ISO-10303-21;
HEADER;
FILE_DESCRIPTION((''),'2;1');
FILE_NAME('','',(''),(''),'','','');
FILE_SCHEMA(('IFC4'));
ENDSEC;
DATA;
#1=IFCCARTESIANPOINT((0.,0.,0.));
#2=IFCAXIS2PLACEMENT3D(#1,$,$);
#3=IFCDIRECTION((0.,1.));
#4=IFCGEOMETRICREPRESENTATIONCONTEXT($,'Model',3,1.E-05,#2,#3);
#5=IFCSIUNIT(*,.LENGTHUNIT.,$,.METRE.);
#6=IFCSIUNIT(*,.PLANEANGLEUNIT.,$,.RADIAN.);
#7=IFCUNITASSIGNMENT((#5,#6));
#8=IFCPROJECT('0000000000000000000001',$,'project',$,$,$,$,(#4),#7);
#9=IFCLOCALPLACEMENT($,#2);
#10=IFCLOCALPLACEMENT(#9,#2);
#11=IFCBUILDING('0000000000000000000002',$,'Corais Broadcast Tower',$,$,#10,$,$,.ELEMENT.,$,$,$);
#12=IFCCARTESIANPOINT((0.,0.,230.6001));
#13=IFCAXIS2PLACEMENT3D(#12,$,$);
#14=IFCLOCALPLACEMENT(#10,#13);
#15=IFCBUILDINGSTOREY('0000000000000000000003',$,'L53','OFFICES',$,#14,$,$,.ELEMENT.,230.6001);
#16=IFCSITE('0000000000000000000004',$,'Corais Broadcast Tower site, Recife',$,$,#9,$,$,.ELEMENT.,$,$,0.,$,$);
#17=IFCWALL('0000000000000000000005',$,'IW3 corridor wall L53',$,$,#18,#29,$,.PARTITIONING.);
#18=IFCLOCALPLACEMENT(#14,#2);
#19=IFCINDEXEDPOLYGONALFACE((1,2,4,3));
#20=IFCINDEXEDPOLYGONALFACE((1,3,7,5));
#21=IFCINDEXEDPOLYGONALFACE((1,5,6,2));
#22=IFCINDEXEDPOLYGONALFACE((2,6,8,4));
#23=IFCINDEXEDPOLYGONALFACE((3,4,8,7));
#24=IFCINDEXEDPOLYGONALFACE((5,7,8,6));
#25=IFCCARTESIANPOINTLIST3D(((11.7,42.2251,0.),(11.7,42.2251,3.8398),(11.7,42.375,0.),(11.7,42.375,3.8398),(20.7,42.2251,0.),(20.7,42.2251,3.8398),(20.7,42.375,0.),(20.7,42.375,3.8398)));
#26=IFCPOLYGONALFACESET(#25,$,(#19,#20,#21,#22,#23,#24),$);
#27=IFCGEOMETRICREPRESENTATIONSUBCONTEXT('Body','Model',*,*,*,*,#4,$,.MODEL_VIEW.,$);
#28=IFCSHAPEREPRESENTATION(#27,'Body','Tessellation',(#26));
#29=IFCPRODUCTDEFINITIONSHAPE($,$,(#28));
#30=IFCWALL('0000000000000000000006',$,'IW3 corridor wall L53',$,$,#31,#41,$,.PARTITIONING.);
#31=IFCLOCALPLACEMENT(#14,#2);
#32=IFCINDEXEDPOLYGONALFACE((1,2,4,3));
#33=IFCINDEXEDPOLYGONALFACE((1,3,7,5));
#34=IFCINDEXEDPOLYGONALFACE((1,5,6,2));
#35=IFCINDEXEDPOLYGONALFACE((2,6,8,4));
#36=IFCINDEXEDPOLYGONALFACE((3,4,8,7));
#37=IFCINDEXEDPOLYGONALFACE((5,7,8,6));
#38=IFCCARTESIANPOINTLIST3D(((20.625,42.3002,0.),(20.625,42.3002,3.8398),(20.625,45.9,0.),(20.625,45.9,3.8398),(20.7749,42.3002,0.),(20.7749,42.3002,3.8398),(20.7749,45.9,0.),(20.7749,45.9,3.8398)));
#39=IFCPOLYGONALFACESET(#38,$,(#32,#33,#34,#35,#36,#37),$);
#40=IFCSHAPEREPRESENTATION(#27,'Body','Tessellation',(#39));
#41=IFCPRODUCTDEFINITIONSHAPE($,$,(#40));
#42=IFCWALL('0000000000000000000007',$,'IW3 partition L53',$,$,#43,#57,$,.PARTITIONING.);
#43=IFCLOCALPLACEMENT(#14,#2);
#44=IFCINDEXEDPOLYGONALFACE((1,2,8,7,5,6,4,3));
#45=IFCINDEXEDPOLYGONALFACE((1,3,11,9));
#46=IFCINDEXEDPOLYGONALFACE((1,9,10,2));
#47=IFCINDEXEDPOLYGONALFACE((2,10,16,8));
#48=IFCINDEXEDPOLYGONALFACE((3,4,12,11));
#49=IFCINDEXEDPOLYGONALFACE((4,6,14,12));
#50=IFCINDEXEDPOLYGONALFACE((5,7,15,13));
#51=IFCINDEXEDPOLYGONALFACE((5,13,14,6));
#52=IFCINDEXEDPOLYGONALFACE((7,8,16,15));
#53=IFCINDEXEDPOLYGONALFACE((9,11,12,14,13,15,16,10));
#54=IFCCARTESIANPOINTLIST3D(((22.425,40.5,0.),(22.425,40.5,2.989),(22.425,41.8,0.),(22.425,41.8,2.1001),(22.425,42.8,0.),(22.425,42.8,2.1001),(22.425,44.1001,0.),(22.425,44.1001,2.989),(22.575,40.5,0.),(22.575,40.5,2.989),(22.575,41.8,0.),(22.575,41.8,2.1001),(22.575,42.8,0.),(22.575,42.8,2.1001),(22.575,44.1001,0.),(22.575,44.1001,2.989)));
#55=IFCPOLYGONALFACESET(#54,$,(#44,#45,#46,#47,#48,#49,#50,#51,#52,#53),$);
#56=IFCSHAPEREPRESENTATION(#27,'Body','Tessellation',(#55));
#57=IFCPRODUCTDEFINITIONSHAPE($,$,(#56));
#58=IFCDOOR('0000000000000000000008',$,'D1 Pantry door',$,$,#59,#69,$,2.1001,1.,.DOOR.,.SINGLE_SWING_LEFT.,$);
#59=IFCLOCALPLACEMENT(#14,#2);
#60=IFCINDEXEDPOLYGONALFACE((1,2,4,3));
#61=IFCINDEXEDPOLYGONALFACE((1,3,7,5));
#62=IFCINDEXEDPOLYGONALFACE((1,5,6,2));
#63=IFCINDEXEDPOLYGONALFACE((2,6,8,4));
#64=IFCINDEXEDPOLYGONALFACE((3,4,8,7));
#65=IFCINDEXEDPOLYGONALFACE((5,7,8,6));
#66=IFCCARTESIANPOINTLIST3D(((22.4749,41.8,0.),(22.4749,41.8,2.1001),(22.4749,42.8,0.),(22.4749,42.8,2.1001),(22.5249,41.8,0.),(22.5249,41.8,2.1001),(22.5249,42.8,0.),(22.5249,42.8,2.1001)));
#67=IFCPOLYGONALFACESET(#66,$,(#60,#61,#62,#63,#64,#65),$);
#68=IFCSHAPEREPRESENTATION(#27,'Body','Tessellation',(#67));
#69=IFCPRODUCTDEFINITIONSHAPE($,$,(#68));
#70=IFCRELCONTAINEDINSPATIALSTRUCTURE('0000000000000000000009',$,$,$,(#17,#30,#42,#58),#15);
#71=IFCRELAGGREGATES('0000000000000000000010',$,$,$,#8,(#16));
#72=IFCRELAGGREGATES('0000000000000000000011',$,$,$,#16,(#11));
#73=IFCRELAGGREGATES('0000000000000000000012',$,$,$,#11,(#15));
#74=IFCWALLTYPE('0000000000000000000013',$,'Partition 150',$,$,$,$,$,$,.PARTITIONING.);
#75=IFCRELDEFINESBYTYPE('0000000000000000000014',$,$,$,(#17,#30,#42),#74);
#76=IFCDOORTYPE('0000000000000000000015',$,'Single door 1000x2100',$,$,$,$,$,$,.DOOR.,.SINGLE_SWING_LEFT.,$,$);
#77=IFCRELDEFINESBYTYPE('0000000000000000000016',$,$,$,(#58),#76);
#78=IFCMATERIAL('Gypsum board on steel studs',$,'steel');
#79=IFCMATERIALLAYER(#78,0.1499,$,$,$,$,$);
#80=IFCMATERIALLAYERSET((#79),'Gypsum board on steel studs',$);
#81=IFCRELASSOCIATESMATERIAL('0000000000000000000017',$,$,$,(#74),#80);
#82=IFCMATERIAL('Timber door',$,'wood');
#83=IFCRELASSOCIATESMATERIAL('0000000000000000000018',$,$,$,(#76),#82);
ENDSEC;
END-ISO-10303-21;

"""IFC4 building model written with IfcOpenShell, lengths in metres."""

from ifc_helpers import new_model, si_unit, direction, frame, frame_2d, origin, place, context, subcontext, project, spatial, rectangle, extrude, material, layer, layer_set, type_object, element, fill, save


model = new_model("IFC4")

# Units and contexts
model_context = context("Model", 3, precision=1e-05, world=origin(), true_north=direction((0.0, 1.0)))
body_context = subcontext(model_context, "Body", "Model", "MODEL_VIEW")
ifc_project = project(units=[si_unit("LENGTHUNIT", "METRE"), si_unit("PLANEANGLEUNIT", "RADIAN")], contexts=[model_context])

# Site, building, storey
site_placement = place(None, origin())
site = spatial("IfcSite", under=ifc_project, at=site_placement, Name="Corais Broadcast Tower site, Recife", CompositionType="ELEMENT", RefElevation=0.0)
building_placement = place(site_placement, origin())
building = spatial("IfcBuilding", under=site, at=building_placement, Name="Corais Broadcast Tower", CompositionType="ELEMENT")
storey_placement = place(building_placement, frame((0.0, 0.0, 230.6001)))
storey = spatial("IfcBuildingStorey", under=building, at=storey_placement, Name="L53", Description="OFFICES", CompositionType="ELEMENT", Elevation=230.6001)

# Walls
ifc_material_1 = material(Name="Gypsum board on steel studs", Category="steel")
ifc_layer_1 = layer(ifc_material_1, 0.1499)
ifc_layer_set_1 = layer_set([ifc_layer_1], Name="Gypsum board on steel studs")
wall_type = type_object("IfcWallType", Name="Partition 150", PredefinedType="PARTITIONING", material=ifc_layer_set_1)
wall_1_placement = place(storey_placement, frame((20.7, 42.3, 0.0), z_axis=(0.0, 0.0, 1.0), x_axis=(-1.0, 0.0, 0.0)))
element("IfcWall", 1, at=wall_1_placement, inside=storey, type_object=wall_type, Name="IW3 corridor wall L53", PredefinedType="PARTITIONING", context=body_context, shape_type="SweptSolid", body=[
    extrude(rectangle(XDim=9.0, YDim=0.1499, at=frame_2d((4.5, 0.0))), origin(), (0.0, 0.0, 1.0), 3.8398),
])
wall_2_placement = place(storey_placement, frame((20.7, 45.8999, 0.0), z_axis=(0.0, 0.0, 1.0), x_axis=(0.0, -1.0, 0.0)))
element("IfcWall", 2, at=wall_2_placement, inside=storey, type_object=wall_type, Name="IW3 corridor wall L53", PredefinedType="PARTITIONING", context=body_context, shape_type="SweptSolid", body=[
    extrude(rectangle(XDim=3.5999, YDim=0.1499, at=frame_2d((1.7998, 0.0))), origin(), (0.0, 0.0, 1.0), 3.8398),
])

# Wall, opening, door
wall_3_placement = place(storey_placement, frame((22.5, 44.1001, 0.0), z_axis=(0.0, 0.0, 1.0), x_axis=(0.0, -1.0, 0.0)))
wall_3 = element("IfcWall", 3, at=wall_3_placement, inside=storey, type_object=wall_type, Name="IW3 partition L53", PredefinedType="PARTITIONING", context=body_context, shape_type="SweptSolid", body=[
    extrude(rectangle(XDim=3.6001, YDim=0.1499, at=frame_2d((1.8, 0.0))), origin(), (0.0, 0.0, 1.0), 2.989),
])
opening_placement = place(wall_3_placement, frame((1.3, 0.0, 0.0)))
opening = element("IfcOpeningElement", 4, at=opening_placement, cuts=wall_3, PredefinedType="OPENING", context=body_context, shape_type="SweptSolid", body=[
    extrude(rectangle(XDim=1.0, YDim=2.1001, at=frame_2d((0.5, 1.05))), frame((0.0, 0.085, 0.0), z_axis=(0.0, -1.0, 0.0), x_axis=(1.0, 0.0, 0.0)), (0.0, 0.0, 1.0), 0.1699),
])
ifc_material_2 = material(Name="Timber door", Category="wood")
door_type = type_object("IfcDoorType", Name="Single door 1000x2100", OperationType="SINGLE_SWING_LEFT", PredefinedType="DOOR", material=ifc_material_2)
door_placement = place(opening_placement, origin())
door = element("IfcDoor", 5, at=door_placement, inside=storey, type_object=door_type, Name="D1 Pantry door", OperationType="SINGLE_SWING_LEFT", OverallHeight=2.1001, OverallWidth=1.0, PredefinedType="DOOR", context=body_context, shape_type="SweptSolid", body=[
    extrude(rectangle(XDim=1.0, YDim=2.1001, at=frame_2d((0.5, 1.05))), frame((0.0, 0.0249, 0.0), z_axis=(0.0, -1.0, 0.0), x_axis=(1.0, 0.0, 0.0)), (0.0, 0.0, 1.0), 0.05),
])
fill(opening, door)

save(model, "model.ifc")
